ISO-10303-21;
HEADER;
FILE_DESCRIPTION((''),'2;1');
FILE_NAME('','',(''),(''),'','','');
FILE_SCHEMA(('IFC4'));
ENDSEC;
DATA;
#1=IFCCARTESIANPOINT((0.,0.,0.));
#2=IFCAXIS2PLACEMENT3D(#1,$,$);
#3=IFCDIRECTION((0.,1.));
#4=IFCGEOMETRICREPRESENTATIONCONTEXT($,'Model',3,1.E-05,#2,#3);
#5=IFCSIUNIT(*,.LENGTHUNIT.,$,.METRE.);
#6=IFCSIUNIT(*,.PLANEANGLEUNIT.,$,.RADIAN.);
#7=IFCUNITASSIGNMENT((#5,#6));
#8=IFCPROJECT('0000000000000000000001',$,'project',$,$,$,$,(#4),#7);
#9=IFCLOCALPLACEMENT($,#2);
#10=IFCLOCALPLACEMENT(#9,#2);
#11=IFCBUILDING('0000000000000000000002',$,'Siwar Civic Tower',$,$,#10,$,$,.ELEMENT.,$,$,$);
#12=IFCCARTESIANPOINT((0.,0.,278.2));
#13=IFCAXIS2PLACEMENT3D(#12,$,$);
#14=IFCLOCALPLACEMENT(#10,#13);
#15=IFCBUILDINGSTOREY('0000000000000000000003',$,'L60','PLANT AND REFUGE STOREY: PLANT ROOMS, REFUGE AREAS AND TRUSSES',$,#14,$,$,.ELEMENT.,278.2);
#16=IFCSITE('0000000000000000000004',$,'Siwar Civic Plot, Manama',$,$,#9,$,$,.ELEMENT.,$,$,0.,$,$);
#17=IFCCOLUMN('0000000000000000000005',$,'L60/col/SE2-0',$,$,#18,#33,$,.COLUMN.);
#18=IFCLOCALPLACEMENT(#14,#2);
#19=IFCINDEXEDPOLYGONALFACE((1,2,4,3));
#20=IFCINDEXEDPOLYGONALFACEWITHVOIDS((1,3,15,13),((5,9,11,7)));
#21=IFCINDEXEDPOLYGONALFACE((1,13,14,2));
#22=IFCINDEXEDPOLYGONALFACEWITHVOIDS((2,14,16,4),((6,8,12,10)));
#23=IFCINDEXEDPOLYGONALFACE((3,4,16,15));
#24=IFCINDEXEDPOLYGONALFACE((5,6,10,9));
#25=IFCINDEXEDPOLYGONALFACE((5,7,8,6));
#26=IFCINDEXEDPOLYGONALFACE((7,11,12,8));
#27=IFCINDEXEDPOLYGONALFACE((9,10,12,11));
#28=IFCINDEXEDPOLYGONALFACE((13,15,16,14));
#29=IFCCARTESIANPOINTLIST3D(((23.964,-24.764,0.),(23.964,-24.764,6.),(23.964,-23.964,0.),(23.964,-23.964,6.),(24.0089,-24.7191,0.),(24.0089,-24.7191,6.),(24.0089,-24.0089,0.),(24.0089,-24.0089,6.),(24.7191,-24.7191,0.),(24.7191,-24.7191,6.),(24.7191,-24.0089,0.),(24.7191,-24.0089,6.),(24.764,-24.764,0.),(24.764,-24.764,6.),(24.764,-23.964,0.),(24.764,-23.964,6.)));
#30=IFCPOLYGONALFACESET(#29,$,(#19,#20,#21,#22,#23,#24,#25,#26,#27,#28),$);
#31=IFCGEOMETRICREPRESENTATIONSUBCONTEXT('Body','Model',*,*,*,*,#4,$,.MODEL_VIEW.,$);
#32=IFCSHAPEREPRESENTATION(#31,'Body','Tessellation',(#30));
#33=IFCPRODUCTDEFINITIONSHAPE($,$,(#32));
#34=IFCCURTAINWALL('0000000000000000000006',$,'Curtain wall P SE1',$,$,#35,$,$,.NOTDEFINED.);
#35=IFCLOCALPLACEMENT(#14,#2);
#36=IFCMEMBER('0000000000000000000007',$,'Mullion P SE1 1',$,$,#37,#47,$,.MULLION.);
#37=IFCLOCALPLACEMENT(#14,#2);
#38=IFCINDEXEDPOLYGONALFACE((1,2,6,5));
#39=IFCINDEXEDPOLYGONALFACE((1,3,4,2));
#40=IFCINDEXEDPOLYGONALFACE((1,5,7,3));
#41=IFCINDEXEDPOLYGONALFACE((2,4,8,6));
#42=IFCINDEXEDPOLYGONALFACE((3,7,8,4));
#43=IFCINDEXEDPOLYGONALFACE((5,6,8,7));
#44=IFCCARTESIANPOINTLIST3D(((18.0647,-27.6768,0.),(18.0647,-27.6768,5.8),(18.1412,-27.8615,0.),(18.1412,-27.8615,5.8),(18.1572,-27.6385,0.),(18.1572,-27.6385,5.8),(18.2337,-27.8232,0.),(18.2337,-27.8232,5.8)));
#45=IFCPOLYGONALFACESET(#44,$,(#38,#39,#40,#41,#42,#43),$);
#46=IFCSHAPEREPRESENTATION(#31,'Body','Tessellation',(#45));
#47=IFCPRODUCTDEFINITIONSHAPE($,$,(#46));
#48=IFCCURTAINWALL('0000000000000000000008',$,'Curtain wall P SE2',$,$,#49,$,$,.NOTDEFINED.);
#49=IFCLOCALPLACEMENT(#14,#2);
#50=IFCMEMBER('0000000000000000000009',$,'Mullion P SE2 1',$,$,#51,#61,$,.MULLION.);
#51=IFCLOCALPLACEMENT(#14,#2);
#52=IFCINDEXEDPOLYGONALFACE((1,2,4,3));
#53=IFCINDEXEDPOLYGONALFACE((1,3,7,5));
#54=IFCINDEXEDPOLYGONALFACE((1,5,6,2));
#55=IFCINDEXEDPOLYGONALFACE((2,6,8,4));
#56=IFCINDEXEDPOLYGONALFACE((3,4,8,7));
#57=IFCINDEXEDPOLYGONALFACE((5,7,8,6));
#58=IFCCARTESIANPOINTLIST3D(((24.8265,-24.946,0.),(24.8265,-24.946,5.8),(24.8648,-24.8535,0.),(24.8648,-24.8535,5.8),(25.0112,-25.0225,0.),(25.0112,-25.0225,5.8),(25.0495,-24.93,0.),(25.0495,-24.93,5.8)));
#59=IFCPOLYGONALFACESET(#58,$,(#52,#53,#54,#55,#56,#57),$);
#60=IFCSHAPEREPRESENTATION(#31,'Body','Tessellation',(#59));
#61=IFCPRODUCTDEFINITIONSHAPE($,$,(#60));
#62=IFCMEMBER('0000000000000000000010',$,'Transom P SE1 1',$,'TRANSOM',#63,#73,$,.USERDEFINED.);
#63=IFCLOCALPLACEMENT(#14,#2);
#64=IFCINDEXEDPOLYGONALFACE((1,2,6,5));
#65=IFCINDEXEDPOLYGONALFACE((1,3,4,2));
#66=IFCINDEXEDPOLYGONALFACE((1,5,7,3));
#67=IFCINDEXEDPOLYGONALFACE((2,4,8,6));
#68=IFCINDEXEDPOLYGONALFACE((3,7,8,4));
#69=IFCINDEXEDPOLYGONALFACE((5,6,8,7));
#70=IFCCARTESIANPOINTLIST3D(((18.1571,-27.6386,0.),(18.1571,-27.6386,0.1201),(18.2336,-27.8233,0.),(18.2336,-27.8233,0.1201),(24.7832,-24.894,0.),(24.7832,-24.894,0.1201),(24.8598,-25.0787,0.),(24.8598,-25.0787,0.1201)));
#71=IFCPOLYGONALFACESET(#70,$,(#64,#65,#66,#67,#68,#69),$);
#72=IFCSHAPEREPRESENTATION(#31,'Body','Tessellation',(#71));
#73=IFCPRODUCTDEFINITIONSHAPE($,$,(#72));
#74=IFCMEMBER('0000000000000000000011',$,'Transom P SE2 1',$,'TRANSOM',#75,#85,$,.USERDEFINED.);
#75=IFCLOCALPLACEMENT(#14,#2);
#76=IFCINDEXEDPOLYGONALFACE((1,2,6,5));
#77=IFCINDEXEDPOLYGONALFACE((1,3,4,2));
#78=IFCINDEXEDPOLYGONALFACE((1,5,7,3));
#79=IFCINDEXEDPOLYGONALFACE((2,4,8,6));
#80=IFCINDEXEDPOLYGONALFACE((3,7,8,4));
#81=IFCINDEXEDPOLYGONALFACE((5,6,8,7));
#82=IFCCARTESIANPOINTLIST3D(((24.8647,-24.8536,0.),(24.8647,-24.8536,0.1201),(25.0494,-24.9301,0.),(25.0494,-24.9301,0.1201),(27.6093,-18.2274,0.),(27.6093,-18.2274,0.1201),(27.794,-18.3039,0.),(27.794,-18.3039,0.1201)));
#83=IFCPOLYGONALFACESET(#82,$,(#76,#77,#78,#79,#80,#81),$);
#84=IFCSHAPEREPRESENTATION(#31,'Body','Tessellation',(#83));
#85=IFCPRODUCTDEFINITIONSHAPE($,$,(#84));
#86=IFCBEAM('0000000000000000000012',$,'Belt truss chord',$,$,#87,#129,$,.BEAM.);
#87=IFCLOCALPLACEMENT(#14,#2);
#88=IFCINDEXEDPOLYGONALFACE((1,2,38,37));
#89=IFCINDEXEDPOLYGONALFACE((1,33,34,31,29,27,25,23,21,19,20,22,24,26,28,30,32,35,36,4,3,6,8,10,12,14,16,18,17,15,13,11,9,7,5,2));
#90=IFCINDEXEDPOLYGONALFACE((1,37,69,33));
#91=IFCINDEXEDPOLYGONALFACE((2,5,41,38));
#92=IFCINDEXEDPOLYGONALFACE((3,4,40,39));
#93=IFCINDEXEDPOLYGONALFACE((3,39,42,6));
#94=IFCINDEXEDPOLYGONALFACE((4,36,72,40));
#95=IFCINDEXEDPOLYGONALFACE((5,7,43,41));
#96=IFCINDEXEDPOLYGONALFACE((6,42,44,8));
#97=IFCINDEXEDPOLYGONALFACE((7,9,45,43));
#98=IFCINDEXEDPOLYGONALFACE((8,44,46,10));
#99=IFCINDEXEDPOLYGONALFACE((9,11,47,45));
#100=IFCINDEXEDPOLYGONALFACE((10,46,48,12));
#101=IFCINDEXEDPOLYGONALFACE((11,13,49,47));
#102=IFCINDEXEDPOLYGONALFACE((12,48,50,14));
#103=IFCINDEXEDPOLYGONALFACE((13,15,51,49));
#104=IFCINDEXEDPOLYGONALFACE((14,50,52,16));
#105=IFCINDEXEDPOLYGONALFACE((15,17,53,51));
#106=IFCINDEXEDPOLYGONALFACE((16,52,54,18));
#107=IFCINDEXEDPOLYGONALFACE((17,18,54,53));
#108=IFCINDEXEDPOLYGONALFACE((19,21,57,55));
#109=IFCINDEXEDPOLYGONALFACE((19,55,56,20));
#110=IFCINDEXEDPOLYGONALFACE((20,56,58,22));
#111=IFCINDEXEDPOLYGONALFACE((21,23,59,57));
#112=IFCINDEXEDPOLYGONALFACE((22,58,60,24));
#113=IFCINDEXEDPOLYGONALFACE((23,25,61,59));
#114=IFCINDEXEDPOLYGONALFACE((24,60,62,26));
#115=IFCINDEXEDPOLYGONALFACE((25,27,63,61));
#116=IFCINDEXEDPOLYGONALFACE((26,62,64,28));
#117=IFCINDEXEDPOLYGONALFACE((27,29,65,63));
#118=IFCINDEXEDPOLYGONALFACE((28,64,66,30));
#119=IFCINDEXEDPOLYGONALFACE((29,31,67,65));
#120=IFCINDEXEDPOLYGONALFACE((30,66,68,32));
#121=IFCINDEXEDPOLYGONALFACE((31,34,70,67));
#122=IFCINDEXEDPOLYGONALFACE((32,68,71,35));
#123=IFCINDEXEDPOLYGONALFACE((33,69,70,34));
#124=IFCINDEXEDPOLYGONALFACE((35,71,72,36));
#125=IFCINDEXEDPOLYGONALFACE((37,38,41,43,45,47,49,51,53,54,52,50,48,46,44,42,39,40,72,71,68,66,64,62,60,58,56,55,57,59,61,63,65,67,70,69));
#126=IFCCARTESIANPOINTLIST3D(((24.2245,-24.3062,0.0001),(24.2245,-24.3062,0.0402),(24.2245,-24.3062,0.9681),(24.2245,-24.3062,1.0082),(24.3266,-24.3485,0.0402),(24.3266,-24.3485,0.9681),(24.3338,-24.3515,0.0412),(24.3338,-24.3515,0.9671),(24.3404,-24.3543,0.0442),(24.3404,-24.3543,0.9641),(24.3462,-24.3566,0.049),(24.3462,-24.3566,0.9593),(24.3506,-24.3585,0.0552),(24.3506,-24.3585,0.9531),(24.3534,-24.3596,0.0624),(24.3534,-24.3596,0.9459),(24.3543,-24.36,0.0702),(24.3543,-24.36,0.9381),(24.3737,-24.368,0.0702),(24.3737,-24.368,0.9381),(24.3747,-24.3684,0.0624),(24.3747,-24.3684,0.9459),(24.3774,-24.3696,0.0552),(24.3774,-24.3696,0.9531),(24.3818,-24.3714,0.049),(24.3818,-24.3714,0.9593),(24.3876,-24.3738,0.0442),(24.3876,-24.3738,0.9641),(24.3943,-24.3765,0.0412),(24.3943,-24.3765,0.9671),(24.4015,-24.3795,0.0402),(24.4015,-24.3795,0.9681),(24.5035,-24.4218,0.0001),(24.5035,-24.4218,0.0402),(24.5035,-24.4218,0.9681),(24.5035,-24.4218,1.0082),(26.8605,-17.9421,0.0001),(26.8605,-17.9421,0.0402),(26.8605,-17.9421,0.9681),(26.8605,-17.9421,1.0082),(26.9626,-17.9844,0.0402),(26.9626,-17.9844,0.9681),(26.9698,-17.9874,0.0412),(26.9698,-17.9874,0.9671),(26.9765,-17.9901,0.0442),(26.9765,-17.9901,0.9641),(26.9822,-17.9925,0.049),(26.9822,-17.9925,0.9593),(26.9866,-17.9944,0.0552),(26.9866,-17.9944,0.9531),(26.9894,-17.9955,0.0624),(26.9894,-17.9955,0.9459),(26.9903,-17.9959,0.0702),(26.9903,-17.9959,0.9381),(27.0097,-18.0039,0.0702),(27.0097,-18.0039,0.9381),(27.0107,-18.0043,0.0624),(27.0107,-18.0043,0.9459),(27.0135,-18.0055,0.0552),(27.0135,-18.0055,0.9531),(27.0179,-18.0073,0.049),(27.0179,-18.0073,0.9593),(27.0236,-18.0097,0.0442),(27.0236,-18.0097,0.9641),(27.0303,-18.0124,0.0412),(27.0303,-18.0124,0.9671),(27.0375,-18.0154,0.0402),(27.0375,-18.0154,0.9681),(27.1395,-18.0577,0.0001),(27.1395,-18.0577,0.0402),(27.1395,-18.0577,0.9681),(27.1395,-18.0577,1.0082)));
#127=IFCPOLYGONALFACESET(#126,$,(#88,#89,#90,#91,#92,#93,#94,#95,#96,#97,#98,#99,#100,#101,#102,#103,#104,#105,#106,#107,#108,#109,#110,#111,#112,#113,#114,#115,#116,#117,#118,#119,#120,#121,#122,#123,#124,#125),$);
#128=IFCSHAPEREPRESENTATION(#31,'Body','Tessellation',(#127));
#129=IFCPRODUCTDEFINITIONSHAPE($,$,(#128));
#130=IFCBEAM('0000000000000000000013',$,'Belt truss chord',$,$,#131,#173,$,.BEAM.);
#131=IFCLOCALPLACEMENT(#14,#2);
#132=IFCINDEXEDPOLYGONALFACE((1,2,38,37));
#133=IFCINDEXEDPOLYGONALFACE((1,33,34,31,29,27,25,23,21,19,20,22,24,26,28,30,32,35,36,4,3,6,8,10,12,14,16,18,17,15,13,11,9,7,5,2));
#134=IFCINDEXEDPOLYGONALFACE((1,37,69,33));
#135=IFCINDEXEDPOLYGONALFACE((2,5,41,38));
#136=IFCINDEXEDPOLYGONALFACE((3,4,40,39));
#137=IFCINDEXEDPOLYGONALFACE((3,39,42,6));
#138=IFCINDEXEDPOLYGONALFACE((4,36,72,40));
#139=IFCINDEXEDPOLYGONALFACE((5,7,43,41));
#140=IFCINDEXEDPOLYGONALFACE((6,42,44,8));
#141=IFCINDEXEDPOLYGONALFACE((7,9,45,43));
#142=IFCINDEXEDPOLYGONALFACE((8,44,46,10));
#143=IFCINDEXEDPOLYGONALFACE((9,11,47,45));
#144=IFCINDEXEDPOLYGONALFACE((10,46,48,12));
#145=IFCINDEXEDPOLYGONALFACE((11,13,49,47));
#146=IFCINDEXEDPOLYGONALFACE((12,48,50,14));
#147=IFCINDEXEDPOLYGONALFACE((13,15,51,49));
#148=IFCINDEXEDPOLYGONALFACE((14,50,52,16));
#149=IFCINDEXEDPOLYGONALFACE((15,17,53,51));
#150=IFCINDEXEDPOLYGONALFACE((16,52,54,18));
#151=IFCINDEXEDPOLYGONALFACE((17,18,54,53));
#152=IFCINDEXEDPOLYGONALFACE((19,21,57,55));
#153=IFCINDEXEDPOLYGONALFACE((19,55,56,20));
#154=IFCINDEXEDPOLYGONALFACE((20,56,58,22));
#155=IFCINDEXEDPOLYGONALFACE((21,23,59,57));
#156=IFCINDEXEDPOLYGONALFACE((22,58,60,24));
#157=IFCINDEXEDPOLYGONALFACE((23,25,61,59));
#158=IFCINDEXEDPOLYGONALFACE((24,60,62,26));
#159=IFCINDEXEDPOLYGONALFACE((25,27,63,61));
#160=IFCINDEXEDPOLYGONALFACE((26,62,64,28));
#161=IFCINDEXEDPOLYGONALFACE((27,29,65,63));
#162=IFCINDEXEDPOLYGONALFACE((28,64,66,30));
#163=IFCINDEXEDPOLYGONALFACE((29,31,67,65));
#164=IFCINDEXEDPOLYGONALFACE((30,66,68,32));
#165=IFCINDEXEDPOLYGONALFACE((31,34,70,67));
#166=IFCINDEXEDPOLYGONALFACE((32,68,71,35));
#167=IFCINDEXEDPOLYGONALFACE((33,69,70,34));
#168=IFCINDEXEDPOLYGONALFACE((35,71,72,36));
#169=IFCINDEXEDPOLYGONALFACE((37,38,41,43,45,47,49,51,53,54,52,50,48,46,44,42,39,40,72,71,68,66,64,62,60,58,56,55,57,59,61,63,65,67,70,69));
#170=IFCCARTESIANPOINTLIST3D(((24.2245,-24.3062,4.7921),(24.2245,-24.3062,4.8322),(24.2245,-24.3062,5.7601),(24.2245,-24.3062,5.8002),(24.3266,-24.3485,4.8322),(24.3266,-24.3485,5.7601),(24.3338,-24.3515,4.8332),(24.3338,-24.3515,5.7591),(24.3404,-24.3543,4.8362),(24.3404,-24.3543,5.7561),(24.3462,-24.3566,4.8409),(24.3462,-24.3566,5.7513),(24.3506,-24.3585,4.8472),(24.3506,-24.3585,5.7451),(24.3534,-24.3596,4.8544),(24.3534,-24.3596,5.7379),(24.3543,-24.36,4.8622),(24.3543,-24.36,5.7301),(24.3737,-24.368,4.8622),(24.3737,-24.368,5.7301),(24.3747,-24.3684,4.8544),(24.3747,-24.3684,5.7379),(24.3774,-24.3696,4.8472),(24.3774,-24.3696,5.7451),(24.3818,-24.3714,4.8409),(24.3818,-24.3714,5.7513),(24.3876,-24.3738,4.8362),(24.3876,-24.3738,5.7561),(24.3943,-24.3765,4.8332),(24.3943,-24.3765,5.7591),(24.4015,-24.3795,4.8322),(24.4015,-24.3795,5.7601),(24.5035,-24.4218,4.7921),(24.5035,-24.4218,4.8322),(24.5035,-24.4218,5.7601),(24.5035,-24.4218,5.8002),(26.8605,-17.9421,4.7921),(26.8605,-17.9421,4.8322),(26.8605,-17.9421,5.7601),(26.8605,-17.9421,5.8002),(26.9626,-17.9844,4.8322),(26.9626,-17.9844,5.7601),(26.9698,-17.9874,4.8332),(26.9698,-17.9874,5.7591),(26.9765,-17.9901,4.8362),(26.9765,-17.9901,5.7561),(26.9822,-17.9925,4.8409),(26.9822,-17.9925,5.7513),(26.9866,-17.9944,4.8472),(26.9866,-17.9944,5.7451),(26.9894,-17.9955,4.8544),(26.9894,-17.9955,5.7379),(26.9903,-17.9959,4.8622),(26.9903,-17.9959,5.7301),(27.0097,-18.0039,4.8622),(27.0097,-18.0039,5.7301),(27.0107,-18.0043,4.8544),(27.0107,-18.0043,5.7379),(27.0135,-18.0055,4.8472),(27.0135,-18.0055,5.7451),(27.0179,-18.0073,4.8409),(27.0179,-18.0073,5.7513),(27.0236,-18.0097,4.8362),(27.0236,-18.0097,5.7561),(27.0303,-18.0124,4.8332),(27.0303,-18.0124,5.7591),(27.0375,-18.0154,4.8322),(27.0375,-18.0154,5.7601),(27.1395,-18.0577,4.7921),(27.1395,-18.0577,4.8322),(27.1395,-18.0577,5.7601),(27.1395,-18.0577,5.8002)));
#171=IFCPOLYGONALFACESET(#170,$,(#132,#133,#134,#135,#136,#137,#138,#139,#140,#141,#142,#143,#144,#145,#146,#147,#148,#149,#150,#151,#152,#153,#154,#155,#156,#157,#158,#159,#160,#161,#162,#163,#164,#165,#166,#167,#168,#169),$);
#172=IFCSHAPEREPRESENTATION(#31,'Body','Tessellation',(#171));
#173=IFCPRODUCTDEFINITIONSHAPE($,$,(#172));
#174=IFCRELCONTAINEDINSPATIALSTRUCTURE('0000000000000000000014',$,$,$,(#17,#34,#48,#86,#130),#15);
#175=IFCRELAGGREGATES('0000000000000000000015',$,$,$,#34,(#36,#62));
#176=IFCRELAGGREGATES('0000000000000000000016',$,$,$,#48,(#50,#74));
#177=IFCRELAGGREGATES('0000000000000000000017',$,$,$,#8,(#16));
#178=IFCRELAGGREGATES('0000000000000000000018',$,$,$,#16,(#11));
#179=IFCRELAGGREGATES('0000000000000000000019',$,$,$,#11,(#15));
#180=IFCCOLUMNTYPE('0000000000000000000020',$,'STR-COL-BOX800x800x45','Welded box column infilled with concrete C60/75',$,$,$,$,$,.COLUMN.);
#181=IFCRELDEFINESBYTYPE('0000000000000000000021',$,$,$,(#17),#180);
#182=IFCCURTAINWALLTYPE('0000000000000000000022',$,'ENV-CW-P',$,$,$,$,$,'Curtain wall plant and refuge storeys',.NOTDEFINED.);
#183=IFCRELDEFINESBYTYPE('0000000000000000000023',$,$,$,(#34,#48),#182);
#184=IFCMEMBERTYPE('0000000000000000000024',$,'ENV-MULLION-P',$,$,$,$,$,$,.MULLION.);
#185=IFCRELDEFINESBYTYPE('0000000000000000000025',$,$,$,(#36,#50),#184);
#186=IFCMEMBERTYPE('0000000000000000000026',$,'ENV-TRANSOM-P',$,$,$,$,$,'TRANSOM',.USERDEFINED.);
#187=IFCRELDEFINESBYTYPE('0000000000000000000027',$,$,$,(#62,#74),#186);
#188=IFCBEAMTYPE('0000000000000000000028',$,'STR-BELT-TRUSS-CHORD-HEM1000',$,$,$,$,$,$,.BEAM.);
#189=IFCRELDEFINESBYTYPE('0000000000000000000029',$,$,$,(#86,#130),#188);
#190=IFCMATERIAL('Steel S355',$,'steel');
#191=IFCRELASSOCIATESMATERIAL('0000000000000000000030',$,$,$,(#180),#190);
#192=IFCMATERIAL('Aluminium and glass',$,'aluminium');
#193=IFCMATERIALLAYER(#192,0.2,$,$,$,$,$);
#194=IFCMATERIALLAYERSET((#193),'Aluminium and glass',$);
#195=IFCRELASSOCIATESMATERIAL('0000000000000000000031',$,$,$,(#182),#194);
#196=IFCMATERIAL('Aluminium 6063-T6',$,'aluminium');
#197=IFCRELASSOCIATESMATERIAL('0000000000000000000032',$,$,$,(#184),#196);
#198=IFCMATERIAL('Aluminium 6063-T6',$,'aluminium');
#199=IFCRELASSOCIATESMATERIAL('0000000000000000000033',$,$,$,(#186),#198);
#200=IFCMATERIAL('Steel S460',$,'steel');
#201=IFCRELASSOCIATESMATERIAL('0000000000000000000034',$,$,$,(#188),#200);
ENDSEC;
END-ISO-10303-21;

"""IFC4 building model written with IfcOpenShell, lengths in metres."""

from ifc_helpers import new_model, si_unit, direction, frame, origin, origin_2d, place, context, subcontext, project, spatial, rectangle, hollow_rectangle, i_section, extrude, material, layer, layer_set, material_profile, profile_set, type_object, element, aggregate, save


model = new_model("IFC4")

# Units and contexts
model_context = context("Model", 3, precision=1e-05, world=origin(), true_north=direction((0.0, 1.0)))
body_context = subcontext(model_context, "Body", "Model", "MODEL_VIEW")
ifc_project = project(units=[si_unit("LENGTHUNIT", "METRE"), si_unit("PLANEANGLEUNIT", "RADIAN")], contexts=[model_context])

# Site, building, storey
site_placement = place(None, origin())
site = spatial("IfcSite", under=ifc_project, at=site_placement, Name="Siwar Civic Plot, Manama", CompositionType="ELEMENT", RefElevation=0.0)
building_placement = place(site_placement, origin())
building = spatial("IfcBuilding", under=site, at=building_placement, Name="Siwar Civic Tower", CompositionType="ELEMENT")
storey_placement = place(building_placement, frame((0.0, 0.0, 278.2)))
storey = spatial("IfcBuildingStorey", under=building, at=storey_placement, Name="L60", Description="PLANT AND REFUGE STOREY: PLANT ROOMS, REFUGE AREAS AND TRUSSES", CompositionType="ELEMENT", Elevation=278.2)

# Column
ifc_material_1 = material(Name="Steel S355", Category="steel")
ifc_material_profile_1 = material_profile(ifc_material_1, hollow_rectangle(XDim=0.8, YDim=0.8, WallThickness=0.0449, at=origin_2d()), Name="BOX800x800x45")
ifc_profile_set_1 = profile_set([ifc_material_profile_1], Name="Steel S355")
column_type = type_object("IfcColumnType", Name="STR-COL-BOX800x800x45", Description="Welded box column infilled with concrete C60/75", PredefinedType="COLUMN", material=ifc_profile_set_1)
column_placement = place(storey_placement, frame((24.364, -24.364, 0.0), z_axis=(0.0, 0.0, 1.0), x_axis=(1.0, 0.0, 0.0)))
element("IfcColumn", 1, at=column_placement, inside=storey, type_object=column_type, Name="L60/col/SE2-0", PredefinedType="COLUMN", context=body_context, shape_type="SweptSolid", body=[
    extrude(hollow_rectangle(XDim=0.8, YDim=0.8, WallThickness=0.0449, at=origin_2d()), origin(), (0.0, 0.0, 1.0), 6.0),
])

# Curtain walls, members
ifc_material_2 = material(Name="Aluminium and glass", Category="aluminium")
ifc_layer_1 = layer(ifc_material_2, 0.2)
ifc_layer_set_1 = layer_set([ifc_layer_1], Name="Aluminium and glass")
curtain_wall_type = type_object("IfcCurtainWallType", Name="ENV-CW-P", ElementType="Curtain wall plant and refuge storeys", PredefinedType="NOTDEFINED", material=ifc_layer_set_1)
curtain_wall_1_placement = place(storey_placement, origin())
curtain_wall_1 = element("IfcCurtainWall", 2, at=curtain_wall_1_placement, inside=storey, type_object=curtain_wall_type, Name="Curtain wall P SE1", PredefinedType="NOTDEFINED")
ifc_material_3 = material(Name="Aluminium 6063-T6", Category="aluminium")
ifc_material_profile_2 = material_profile(ifc_material_3, rectangle(XDim=0.2, YDim=0.1001, at=origin_2d()), Name="AL 200x100")
ifc_profile_set_2 = profile_set([ifc_material_profile_2], Name="Aluminium 6063-T6")
member_type_1 = type_object("IfcMemberType", Name="ENV-MULLION-P", PredefinedType="MULLION", material=ifc_profile_set_2)
member_1_placement = place(storey_placement, frame((18.1492, -27.75, 0.0), z_axis=(0.0, 0.0, 1.0), x_axis=(-0.382683, 0.92388, 0.0)))
member_1 = element("IfcMember", 3, at=member_1_placement, type_object=member_type_1, Name="Mullion P SE1 1", PredefinedType="MULLION", context=body_context, shape_type="SweptSolid", body=[
    extrude(rectangle(XDim=0.2, YDim=0.1001, at=origin_2d()), origin(), (0.0, 0.0, 1.0), 5.8),
])
curtain_wall_2_placement = place(storey_placement, origin())
curtain_wall_2 = element("IfcCurtainWall", 4, at=curtain_wall_2_placement, inside=storey, type_object=curtain_wall_type, Name="Curtain wall P SE2", PredefinedType="NOTDEFINED")
member_2_placement = place(storey_placement, frame((24.938, -24.938, 0.0), z_axis=(0.0, 0.0, 1.0), x_axis=(-0.92388, 0.382683, 0.0)))
member_2 = element("IfcMember", 5, at=member_2_placement, type_object=member_type_1, Name="Mullion P SE2 1", PredefinedType="MULLION", context=body_context, shape_type="SweptSolid", body=[
    extrude(rectangle(XDim=0.2, YDim=0.1001, at=origin_2d()), origin(), (0.0, 0.0, 1.0), 5.8),
])

# Members
ifc_material_4 = material(Name="Aluminium 6063-T6", Category="aluminium")
ifc_material_profile_3 = material_profile(ifc_material_4, rectangle(XDim=0.2, YDim=0.1201, at=origin_2d()), Name="AL 200x120")
ifc_profile_set_3 = profile_set([ifc_material_profile_3], Name="Aluminium 6063-T6")
member_type_2 = type_object("IfcMemberType", Name="ENV-TRANSOM-P", ElementType="TRANSOM", PredefinedType="USERDEFINED", material=ifc_profile_set_3)
member_3_placement = place(storey_placement, frame((18.1953, -27.731, 0.0601), z_axis=(0.923882, 0.382678, 0.0), x_axis=(-0.382678, 0.923882, 0.0)))
member_3 = element("IfcMember", 6, at=member_3_placement, type_object=member_type_2, Name="Transom P SE1 1", ObjectType="TRANSOM", PredefinedType="USERDEFINED", context=body_context, shape_type="SweptSolid", body=[
    extrude(rectangle(XDim=0.2, YDim=0.1201, at=origin_2d()), origin(), (0.0, 0.0, 1.0), 7.1721),
])
member_4_placement = place(storey_placement, frame((24.957, -24.8918, 0.0601), z_axis=(0.382678, 0.923882, 0.0), x_axis=(-0.923882, 0.382678, 0.0)))
member_4 = element("IfcMember", 7, at=member_4_placement, type_object=member_type_2, Name="Transom P SE2 1", ObjectType="TRANSOM", PredefinedType="USERDEFINED", context=body_context, shape_type="SweptSolid", body=[
    extrude(rectangle(XDim=0.2, YDim=0.1201, at=origin_2d()), origin(), (0.0, 0.0, 1.0), 7.1721),
])

# Beams
ifc_material_5 = material(Name="Steel S460", Category="steel")
ifc_material_profile_4 = material_profile(ifc_material_5, i_section(OverallWidth=0.302, OverallDepth=1.0081, WebThickness=0.021, FlangeThickness=0.04, FilletRadius=0.03, at=origin_2d()), Name="HEM1000")
ifc_profile_set_4 = profile_set([ifc_material_profile_4], Name="Steel S460")
beam_type_1 = type_object("IfcBeamType", Name="STR-BELT-TRUSS-CHORD-HEM1000", PredefinedType="BEAM", material=ifc_profile_set_4)
for number, where, z_axis, x_axis, name in (
    (8, (24.364, -24.364, 0.5042), (0.382674, 0.923883, 0.0), (-0.923883, 0.382674, 0.0), "Belt truss chord"),
    (9, (24.364, -24.364, 5.2961), (0.382674, 0.923883, 0.0), (-0.923883, 0.382674, 0.0), "Belt truss chord"),
):
    element("IfcBeam", number, at=place(storey_placement, frame(where, z_axis=z_axis, x_axis=x_axis)), inside=storey, type_object=beam_type_1, Name=name, PredefinedType="BEAM", context=body_context, shape_type="SweptSolid", body=[
        extrude(i_section(OverallWidth=0.302, OverallDepth=1.0081, WebThickness=0.021, FlangeThickness=0.04, FilletRadius=0.03, at=origin_2d()), origin(), (0.0, 0.0, 1.0), 6.8884),
    ])

aggregate(curtain_wall_1, [member_1, member_3])
aggregate(curtain_wall_2, [member_2, member_4])

save(model, "model.ifc")
